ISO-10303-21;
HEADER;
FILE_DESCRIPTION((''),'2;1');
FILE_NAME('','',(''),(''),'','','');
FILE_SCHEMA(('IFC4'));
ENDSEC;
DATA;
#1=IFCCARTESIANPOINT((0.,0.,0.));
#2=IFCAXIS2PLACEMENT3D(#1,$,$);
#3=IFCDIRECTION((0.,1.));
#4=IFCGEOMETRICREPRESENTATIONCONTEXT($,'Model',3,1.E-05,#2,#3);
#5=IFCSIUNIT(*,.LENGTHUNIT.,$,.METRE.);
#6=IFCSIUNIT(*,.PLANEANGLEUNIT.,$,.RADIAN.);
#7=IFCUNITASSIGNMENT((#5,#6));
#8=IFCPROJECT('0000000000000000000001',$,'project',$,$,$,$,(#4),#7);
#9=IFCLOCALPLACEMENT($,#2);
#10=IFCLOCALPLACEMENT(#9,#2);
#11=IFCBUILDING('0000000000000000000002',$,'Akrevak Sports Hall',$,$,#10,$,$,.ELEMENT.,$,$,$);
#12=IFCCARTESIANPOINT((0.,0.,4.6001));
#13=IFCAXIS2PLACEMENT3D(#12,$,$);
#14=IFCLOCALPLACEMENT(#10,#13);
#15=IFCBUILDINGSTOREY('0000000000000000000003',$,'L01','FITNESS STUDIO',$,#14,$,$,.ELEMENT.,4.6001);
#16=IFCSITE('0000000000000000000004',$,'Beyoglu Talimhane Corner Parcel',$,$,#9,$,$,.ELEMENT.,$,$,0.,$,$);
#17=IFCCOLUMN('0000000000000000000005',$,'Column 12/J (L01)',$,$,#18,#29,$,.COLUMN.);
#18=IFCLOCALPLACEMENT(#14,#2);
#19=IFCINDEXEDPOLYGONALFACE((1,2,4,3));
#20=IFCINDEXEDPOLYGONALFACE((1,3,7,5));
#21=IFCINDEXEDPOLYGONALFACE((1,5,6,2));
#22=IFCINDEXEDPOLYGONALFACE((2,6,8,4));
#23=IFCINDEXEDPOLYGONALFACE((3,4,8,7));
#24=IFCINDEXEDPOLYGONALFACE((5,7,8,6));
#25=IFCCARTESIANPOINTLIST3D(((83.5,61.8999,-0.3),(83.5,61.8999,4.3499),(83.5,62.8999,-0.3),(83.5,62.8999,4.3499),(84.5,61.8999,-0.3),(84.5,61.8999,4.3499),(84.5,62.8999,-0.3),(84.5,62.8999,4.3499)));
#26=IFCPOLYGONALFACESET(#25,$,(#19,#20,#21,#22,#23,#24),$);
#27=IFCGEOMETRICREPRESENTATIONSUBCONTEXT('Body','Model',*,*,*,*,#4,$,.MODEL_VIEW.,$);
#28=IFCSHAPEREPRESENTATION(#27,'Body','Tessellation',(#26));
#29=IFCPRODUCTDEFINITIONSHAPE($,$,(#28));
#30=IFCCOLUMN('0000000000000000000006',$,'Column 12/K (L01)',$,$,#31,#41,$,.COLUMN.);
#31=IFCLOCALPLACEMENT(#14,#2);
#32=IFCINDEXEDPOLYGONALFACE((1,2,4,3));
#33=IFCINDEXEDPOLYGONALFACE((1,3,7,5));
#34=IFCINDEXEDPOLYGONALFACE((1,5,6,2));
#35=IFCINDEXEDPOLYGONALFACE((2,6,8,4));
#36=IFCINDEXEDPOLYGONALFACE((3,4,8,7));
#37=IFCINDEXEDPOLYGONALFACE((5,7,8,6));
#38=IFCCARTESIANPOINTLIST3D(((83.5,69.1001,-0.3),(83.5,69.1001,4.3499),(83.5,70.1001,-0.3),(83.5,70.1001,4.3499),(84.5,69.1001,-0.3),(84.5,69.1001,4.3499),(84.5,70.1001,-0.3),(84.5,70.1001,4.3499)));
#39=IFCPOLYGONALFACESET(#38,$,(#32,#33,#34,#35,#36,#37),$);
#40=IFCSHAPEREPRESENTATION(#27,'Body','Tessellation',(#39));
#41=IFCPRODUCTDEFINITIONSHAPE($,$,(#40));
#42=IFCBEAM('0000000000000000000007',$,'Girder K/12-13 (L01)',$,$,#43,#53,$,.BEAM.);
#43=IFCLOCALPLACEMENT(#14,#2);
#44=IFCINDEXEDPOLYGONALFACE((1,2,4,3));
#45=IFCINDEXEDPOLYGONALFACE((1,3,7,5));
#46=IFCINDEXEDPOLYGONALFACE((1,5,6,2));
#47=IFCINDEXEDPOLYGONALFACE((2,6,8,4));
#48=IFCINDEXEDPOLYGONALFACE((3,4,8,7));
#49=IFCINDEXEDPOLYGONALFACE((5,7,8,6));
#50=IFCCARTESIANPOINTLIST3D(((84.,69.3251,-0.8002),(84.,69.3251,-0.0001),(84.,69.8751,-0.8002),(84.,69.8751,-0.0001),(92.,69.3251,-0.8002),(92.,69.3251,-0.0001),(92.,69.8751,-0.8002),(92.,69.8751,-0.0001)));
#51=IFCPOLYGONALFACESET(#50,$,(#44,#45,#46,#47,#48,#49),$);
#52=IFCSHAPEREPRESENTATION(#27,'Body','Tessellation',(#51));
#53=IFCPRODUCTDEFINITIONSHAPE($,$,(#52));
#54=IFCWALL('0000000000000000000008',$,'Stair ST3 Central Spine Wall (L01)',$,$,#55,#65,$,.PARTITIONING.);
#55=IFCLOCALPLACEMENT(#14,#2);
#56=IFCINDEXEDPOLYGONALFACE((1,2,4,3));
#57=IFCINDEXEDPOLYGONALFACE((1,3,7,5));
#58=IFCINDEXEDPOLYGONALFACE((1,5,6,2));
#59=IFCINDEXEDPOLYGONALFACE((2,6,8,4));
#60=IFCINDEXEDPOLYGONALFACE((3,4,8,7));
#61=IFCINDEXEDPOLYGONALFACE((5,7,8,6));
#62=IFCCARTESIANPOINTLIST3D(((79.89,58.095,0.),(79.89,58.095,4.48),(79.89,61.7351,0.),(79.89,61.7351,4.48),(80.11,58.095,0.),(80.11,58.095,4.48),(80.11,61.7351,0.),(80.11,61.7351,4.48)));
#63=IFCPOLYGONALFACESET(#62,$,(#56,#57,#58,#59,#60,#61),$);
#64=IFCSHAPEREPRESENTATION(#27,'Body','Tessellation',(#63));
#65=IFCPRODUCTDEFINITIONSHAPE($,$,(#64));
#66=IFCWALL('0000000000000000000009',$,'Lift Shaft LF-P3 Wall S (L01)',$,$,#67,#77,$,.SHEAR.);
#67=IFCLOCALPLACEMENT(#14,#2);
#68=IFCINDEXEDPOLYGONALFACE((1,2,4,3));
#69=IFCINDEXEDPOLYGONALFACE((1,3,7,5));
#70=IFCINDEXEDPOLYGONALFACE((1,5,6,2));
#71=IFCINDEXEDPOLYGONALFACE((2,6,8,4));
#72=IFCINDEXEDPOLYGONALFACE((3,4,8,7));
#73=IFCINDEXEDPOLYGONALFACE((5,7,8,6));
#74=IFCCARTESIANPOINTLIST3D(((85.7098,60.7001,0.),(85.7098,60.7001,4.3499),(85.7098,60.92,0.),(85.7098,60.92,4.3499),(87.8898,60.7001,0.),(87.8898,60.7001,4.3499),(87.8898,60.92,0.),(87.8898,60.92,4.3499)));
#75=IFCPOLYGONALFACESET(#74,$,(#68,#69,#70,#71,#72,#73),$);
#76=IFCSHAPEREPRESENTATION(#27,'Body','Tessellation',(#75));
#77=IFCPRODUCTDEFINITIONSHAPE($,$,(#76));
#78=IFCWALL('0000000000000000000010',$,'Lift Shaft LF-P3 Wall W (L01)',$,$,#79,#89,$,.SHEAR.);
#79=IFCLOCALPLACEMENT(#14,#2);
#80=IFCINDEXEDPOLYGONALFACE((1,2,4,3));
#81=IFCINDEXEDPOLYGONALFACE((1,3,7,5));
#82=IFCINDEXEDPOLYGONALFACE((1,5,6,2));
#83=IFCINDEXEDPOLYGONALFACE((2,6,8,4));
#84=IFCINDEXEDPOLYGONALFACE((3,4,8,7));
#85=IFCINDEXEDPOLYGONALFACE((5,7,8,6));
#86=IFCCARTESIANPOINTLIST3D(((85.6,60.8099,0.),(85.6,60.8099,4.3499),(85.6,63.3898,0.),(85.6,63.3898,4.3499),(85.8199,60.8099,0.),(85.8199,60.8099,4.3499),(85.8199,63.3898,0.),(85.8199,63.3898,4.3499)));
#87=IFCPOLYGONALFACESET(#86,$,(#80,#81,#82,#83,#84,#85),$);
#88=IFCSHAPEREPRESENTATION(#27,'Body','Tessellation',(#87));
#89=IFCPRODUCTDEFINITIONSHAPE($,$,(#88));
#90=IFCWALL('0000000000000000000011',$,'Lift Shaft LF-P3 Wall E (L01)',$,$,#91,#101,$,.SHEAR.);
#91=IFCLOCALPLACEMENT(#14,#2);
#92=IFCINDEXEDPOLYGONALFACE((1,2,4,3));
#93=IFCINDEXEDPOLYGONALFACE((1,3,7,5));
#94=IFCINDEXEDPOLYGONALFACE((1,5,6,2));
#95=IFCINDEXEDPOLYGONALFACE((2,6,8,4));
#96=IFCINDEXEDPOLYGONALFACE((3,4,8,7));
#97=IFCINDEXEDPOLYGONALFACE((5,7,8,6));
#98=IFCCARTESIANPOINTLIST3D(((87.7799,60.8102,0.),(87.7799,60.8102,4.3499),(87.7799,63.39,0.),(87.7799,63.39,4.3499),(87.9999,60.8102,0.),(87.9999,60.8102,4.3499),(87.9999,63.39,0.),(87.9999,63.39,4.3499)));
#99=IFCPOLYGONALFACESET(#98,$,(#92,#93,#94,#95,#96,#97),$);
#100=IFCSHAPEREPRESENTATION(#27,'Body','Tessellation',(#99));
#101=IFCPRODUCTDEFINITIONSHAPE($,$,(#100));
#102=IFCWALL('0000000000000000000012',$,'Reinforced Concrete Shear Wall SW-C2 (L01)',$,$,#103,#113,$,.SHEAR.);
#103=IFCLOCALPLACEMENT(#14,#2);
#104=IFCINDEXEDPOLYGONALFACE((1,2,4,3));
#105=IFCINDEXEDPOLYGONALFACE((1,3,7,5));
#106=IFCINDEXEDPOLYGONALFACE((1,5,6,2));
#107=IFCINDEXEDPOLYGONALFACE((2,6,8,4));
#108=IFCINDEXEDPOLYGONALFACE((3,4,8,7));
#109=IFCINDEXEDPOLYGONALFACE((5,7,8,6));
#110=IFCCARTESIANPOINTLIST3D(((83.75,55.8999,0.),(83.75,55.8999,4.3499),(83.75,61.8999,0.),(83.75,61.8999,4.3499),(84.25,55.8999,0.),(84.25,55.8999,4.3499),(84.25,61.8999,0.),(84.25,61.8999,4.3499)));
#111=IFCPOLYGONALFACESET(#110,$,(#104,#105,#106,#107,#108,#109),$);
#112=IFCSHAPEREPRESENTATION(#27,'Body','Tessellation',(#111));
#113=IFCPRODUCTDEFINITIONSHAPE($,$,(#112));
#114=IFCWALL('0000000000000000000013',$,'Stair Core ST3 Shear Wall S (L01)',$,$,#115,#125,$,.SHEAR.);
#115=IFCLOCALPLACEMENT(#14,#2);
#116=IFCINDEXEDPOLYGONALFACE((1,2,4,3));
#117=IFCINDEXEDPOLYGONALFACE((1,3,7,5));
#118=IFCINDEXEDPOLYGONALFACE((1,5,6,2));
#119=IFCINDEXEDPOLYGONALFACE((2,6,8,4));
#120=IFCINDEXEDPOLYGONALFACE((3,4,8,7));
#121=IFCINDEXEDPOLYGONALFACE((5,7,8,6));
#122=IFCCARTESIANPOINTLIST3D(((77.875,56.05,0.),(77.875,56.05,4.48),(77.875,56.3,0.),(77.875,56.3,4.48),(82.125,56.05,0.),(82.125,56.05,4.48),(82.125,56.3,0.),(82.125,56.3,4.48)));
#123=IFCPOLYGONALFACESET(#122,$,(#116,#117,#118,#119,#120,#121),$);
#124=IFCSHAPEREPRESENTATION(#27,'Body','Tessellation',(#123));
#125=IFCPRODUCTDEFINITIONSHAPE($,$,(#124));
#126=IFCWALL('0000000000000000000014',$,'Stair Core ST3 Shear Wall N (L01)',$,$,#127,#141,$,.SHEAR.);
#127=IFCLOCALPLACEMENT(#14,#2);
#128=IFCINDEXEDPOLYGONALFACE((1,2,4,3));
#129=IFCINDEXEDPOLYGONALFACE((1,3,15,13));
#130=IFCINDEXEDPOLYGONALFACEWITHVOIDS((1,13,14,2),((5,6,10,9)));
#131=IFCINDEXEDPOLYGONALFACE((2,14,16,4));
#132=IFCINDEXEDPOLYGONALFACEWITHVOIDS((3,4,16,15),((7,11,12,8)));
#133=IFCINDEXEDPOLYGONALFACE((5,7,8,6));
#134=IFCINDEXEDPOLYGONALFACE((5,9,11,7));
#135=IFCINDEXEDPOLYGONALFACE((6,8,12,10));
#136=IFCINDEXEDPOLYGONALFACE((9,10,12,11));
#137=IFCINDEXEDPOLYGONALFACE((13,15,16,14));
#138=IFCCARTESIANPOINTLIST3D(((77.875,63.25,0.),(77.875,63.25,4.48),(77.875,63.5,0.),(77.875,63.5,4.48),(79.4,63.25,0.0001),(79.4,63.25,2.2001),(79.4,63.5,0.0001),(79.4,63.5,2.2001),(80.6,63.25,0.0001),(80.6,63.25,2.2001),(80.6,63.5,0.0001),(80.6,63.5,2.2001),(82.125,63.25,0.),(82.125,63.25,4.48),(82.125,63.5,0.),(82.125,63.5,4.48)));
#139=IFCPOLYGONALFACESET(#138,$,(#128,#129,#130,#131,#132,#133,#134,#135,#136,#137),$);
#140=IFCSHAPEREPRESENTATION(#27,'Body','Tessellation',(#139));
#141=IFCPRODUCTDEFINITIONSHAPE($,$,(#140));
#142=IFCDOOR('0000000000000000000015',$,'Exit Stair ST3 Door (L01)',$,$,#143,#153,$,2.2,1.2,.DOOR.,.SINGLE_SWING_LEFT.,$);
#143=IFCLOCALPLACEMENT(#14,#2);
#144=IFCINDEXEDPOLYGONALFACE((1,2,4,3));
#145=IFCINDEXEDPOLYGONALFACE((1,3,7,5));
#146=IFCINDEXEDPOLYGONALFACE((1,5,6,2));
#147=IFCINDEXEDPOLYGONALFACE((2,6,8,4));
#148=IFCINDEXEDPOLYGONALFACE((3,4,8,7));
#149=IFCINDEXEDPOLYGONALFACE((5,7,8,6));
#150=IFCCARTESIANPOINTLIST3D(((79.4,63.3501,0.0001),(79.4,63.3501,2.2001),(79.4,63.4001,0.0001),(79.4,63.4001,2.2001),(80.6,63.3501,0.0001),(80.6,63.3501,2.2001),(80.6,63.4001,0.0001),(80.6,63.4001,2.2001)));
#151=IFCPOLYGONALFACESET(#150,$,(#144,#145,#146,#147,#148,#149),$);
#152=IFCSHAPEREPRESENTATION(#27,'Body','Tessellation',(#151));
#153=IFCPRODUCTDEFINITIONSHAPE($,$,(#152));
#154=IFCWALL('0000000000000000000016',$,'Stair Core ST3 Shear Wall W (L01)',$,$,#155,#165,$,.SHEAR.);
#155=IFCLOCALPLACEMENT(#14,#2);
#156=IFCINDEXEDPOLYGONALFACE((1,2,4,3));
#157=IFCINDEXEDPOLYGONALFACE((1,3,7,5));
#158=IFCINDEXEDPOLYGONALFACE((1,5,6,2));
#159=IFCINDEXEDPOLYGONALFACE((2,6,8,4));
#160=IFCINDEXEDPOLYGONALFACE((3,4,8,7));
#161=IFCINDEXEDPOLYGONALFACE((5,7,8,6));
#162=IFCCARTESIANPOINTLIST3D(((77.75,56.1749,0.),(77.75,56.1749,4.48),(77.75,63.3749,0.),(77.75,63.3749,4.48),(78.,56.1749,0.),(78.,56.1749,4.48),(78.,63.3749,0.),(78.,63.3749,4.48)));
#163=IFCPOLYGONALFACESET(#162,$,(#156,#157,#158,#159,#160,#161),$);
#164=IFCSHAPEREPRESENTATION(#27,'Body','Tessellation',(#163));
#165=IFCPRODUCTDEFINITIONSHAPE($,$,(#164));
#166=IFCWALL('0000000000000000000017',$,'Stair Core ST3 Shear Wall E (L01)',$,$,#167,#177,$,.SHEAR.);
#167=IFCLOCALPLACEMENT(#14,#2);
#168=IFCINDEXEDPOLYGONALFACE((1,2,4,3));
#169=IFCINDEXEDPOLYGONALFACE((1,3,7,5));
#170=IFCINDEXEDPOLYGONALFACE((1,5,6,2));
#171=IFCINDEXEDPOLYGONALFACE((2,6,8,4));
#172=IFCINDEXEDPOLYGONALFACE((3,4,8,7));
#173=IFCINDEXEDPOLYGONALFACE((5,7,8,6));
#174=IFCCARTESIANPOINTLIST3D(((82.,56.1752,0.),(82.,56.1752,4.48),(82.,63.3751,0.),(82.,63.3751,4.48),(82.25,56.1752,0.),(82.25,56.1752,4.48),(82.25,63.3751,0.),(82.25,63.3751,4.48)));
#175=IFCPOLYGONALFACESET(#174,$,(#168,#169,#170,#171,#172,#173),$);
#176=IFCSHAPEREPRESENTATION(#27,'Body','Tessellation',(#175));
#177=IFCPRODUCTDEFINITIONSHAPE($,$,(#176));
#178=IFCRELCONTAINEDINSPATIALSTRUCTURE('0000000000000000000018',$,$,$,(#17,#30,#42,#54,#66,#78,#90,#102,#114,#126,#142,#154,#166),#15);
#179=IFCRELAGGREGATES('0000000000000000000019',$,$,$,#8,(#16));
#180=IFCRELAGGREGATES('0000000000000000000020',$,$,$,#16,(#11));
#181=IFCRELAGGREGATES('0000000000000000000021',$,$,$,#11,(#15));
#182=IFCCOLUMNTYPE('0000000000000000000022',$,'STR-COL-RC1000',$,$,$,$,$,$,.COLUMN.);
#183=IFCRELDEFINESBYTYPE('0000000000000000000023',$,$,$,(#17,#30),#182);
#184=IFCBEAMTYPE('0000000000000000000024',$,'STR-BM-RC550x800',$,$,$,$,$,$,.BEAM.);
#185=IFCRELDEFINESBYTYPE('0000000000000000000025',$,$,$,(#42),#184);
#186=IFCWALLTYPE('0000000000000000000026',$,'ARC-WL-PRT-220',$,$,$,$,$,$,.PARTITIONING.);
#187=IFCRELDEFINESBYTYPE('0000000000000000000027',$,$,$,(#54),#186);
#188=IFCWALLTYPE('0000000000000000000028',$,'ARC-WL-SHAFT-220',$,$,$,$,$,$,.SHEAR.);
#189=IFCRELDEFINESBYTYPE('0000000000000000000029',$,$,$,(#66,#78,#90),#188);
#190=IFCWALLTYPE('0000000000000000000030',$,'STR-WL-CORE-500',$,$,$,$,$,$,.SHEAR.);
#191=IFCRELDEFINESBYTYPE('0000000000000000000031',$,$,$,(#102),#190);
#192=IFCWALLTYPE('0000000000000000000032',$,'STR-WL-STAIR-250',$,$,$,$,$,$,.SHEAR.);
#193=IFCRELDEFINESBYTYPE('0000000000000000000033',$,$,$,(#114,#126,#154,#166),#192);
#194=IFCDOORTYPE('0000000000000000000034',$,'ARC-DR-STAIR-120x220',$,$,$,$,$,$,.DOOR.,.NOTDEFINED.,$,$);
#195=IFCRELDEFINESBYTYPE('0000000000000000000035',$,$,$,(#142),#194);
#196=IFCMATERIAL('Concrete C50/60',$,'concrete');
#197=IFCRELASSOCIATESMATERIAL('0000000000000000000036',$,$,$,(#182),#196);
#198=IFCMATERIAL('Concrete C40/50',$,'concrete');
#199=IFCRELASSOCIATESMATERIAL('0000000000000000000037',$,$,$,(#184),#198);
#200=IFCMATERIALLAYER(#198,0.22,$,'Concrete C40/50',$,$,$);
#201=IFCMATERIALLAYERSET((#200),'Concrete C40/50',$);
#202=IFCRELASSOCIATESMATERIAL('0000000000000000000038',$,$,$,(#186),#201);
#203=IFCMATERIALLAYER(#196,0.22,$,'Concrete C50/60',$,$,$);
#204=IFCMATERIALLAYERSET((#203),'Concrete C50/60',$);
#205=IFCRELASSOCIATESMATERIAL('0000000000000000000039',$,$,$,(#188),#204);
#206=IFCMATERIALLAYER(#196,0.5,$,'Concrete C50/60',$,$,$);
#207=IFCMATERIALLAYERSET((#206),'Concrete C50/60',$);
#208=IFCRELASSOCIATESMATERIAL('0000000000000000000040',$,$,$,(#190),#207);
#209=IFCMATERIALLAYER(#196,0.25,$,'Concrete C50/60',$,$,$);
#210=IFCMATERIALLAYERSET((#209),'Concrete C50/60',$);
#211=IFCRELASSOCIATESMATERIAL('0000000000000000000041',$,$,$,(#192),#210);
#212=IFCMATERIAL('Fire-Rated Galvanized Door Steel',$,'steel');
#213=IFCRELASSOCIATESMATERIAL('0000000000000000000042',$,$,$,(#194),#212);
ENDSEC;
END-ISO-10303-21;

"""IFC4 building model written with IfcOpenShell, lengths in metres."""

from ifc_helpers import new_model, si_unit, direction, frame, frame_2d, origin, origin_2d, place, context, subcontext, project, spatial, rectangle, extrude, material, layer, layer_set, material_profile, profile_set, type_object, element, fill, save


model = new_model("IFC4")

# Units and contexts
model_context = context("Model", 3, precision=1e-05, world=origin(), true_north=direction((0.0, 1.0)))
body_context = subcontext(model_context, "Body", "Model", "MODEL_VIEW")
ifc_project = project(units=[si_unit("LENGTHUNIT", "METRE"), si_unit("PLANEANGLEUNIT", "RADIAN")], contexts=[model_context])

# Site, building, storey
site_placement = place(None, origin())
site = spatial("IfcSite", under=ifc_project, at=site_placement, Name="Beyoglu Talimhane Corner Parcel", CompositionType="ELEMENT", RefElevation=0.0)
building_placement = place(site_placement, origin())
building = spatial("IfcBuilding", under=site, at=building_placement, Name="Akrevak Sports Hall", CompositionType="ELEMENT")
storey_placement = place(building_placement, frame((0.0, 0.0, 4.6001)))
storey = spatial("IfcBuildingStorey", under=building, at=storey_placement, Name="L01", Description="FITNESS STUDIO", CompositionType="ELEMENT", Elevation=4.6001)

# Columns
ifc_material_1 = material(Name="Concrete C50/60", Category="concrete")
ifc_material_profile_1 = material_profile(ifc_material_1, rectangle(XDim=1.0, YDim=1.0, at=origin_2d()), Name="RC 1000x1000", Category="concrete")
ifc_profile_set_1 = profile_set([ifc_material_profile_1], Name="Concrete C50/60")
column_type = type_object("IfcColumnType", Name="STR-COL-RC1000", PredefinedType="COLUMN", material=ifc_profile_set_1)
for number, where, z_axis, x_axis, name in (
    (1, (84.0, 62.3999, -0.3), (0.0, 0.0, 1.0), (1.0, 0.0, 0.0), "Column 12/J (L01)"),
    (2, (84.0, 69.6001, -0.3), (0.0, 0.0, 1.0), (1.0, 0.0, 0.0), "Column 12/K (L01)"),
):
    element("IfcColumn", number, at=place(storey_placement, frame(where, z_axis=z_axis, x_axis=x_axis)), inside=storey, type_object=column_type, Name=name, PredefinedType="COLUMN", context=body_context, shape_type="SweptSolid", body=[
        extrude(rectangle(XDim=1.0, YDim=1.0, at=origin_2d()), origin(), (0.0, 0.0, 1.0), 4.6499),
    ])

# Beam
ifc_material_2 = material(Name="Concrete C40/50", Category="concrete")
ifc_material_profile_2 = material_profile(ifc_material_2, rectangle(XDim=0.55, YDim=0.8, at=origin_2d()), Name="BM 550x800", Category="concrete")
ifc_profile_set_2 = profile_set([ifc_material_profile_2], Name="Concrete C40/50")
beam_type = type_object("IfcBeamType", Name="STR-BM-RC550x800", PredefinedType="BEAM", material=ifc_profile_set_2)
beam_placement = place(storey_placement, frame((84.0, 69.6001, -0.4001), z_axis=(1.0, 0.0, 0.0), x_axis=(0.0, 1.0, 0.0)))
element("IfcBeam", 3, at=beam_placement, inside=storey, type_object=beam_type, Name="Girder K/12-13 (L01)", PredefinedType="BEAM", context=body_context, shape_type="SweptSolid", body=[
    extrude(rectangle(XDim=0.55, YDim=0.8, at=origin_2d()), origin(), (0.0, 0.0, 1.0), 8.0),
])

# Walls
ifc_layer_1 = layer(ifc_material_2, 0.22, Name="Concrete C40/50")
ifc_layer_set_1 = layer_set([ifc_layer_1], Name="Concrete C40/50")
wall_type_1 = type_object("IfcWallType", Name="ARC-WL-PRT-220", PredefinedType="PARTITIONING", material=ifc_layer_set_1)
wall_1_placement = place(storey_placement, frame((80.0, 58.095, 0.0), z_axis=(0.0, 0.0, 1.0), x_axis=(0.0, 1.0, 0.0)))
element("IfcWall", 4, at=wall_1_placement, inside=storey, type_object=wall_type_1, Name="Stair ST3 Central Spine Wall (L01)", PredefinedType="PARTITIONING", context=body_context, shape_type="SweptSolid", body=[
    extrude(rectangle(XDim=3.6401, YDim=0.22, at=frame_2d((1.8201, 0.0))), origin(), (0.0, 0.0, 1.0), 4.48),
])
ifc_layer_2 = layer(ifc_material_1, 0.22, Name="Concrete C50/60")
ifc_layer_set_2 = layer_set([ifc_layer_2], Name="Concrete C50/60")
wall_type_2 = type_object("IfcWallType", Name="ARC-WL-SHAFT-220", PredefinedType="SHEAR", material=ifc_layer_set_2)
wall_2_placement = place(storey_placement, frame((85.71, 60.8101, 0.0), z_axis=(0.0, 0.0, 1.0), x_axis=(1.0, 0.0, 0.0)))
element("IfcWall", 5, at=wall_2_placement, inside=storey, type_object=wall_type_2, Name="Lift Shaft LF-P3 Wall S (L01)", PredefinedType="SHEAR", context=body_context, shape_type="SweptSolid", body=[
    extrude(rectangle(XDim=2.1799, YDim=0.22, at=frame_2d((1.0898, 0.0))), origin(), (0.0, 0.0, 1.0), 4.3499),
])
for number, where, z_axis, x_axis, name in (
    (6, (85.71, 63.3899, 0.0), (0.0, 0.0, 1.0), (0.0, -1.0, 0.0), "Lift Shaft LF-P3 Wall W (L01)"),
    (7, (87.8899, 60.8101, 0.0), (0.0, 0.0, 1.0), (0.0, 1.0, 0.0), "Lift Shaft LF-P3 Wall E (L01)"),
):
    element("IfcWall", number, at=place(storey_placement, frame(where, z_axis=z_axis, x_axis=x_axis)), inside=storey, type_object=wall_type_2, Name=name, PredefinedType="SHEAR", context=body_context, shape_type="SweptSolid", body=[
        extrude(rectangle(XDim=2.5798, YDim=0.22, at=frame_2d((1.29, 0.0))), origin(), (0.0, 0.0, 1.0), 4.3499),
    ])
ifc_layer_3 = layer(ifc_material_1, 0.5, Name="Concrete C50/60")
ifc_layer_set_3 = layer_set([ifc_layer_3], Name="Concrete C50/60")
wall_type_3 = type_object("IfcWallType", Name="STR-WL-CORE-500", PredefinedType="SHEAR", material=ifc_layer_set_3)
wall_3_placement = place(storey_placement, frame((84.0, 55.8999, 0.0), z_axis=(0.0, 0.0, 1.0), x_axis=(0.0, 1.0, 0.0)))
element("IfcWall", 8, at=wall_3_placement, inside=storey, type_object=wall_type_3, Name="Reinforced Concrete Shear Wall SW-C2 (L01)", PredefinedType="SHEAR", context=body_context, shape_type="SweptSolid", body=[
    extrude(rectangle(XDim=6.0, YDim=0.5, at=frame_2d((3.0, 0.0))), origin(), (0.0, 0.0, 1.0), 4.3499),
])
ifc_layer_4 = layer(ifc_material_1, 0.25, Name="Concrete C50/60")
ifc_layer_set_4 = layer_set([ifc_layer_4], Name="Concrete C50/60")
wall_type_4 = type_object("IfcWallType", Name="STR-WL-STAIR-250", PredefinedType="SHEAR", material=ifc_layer_set_4)
wall_4_placement = place(storey_placement, frame((77.875, 56.175, 0.0), z_axis=(0.0, 0.0, 1.0), x_axis=(1.0, 0.0, 0.0)))
element("IfcWall", 9, at=wall_4_placement, inside=storey, type_object=wall_type_4, Name="Stair Core ST3 Shear Wall S (L01)", PredefinedType="SHEAR", context=body_context, shape_type="SweptSolid", body=[
    extrude(rectangle(XDim=4.25, YDim=0.25, at=frame_2d((2.125, 0.0))), origin(), (0.0, 0.0, 1.0), 4.48),
])

# Wall, opening, door
wall_5_placement = place(storey_placement, frame((82.125, 63.375, 0.0), z_axis=(0.0, 0.0, 1.0), x_axis=(-1.0, 0.0, 0.0)))
wall_5 = element("IfcWall", 10, at=wall_5_placement, inside=storey, type_object=wall_type_4, Name="Stair Core ST3 Shear Wall N (L01)", PredefinedType="SHEAR", context=body_context, shape_type="SweptSolid", body=[
    extrude(rectangle(XDim=4.25, YDim=0.25, at=frame_2d((2.125, 0.0))), origin(), (0.0, 0.0, 1.0), 4.48),
])
opening_placement = place(wall_5_placement, frame((1.5249, 0.0, 0.0)))
opening = element("IfcOpeningElement", 11, at=opening_placement, cuts=wall_5, PredefinedType="OPENING", context=body_context, shape_type="SweptSolid", body=[
    extrude(rectangle(XDim=1.2, YDim=2.2, at=frame_2d((0.6001, 1.1001))), frame((0.0, 0.137, 0.0), z_axis=(0.0, -1.0, 0.0), x_axis=(1.0, 0.0, 0.0)), (0.0, 0.0, 1.0), 0.2739),
])
ifc_material_3 = material(Name="Fire-Rated Galvanized Door Steel", Category="steel")
door_type = type_object("IfcDoorType", Name="ARC-DR-STAIR-120x220", OperationType="NOTDEFINED", PredefinedType="DOOR", material=ifc_material_3)
door_placement = place(opening_placement, origin())
door = element("IfcDoor", 12, at=door_placement, inside=storey, type_object=door_type, Name="Exit Stair ST3 Door (L01)", OperationType="SINGLE_SWING_LEFT", OverallHeight=2.2, OverallWidth=1.2, PredefinedType="DOOR", context=body_context, shape_type="SweptSolid", body=[
    extrude(rectangle(XDim=1.2, YDim=2.2, at=frame_2d((0.6001, 1.1001))), frame((0.0, 0.0249, 0.0), z_axis=(0.0, -1.0, 0.0), x_axis=(1.0, 0.0, 0.0)), (0.0, 0.0, 1.0), 0.05),
])
fill(opening, door)

# Walls
for number, where, z_axis, x_axis, name in (
    (13, (77.875, 63.375, 0.0), (0.0, 0.0, 1.0), (0.0, -1.0, 0.0), "Stair Core ST3 Shear Wall W (L01)"),
    (14, (82.125, 56.175, 0.0), (0.0, 0.0, 1.0), (0.0, 1.0, 0.0), "Stair Core ST3 Shear Wall E (L01)"),
):
    element("IfcWall", number, at=place(storey_placement, frame(where, z_axis=z_axis, x_axis=x_axis)), inside=storey, type_object=wall_type_4, Name=name, PredefinedType="SHEAR", context=body_context, shape_type="SweptSolid", body=[
        extrude(rectangle(XDim=7.2, YDim=0.25, at=frame_2d((3.6001, 0.0))), origin(), (0.0, 0.0, 1.0), 4.48),
    ])

save(model, "model.ifc")
